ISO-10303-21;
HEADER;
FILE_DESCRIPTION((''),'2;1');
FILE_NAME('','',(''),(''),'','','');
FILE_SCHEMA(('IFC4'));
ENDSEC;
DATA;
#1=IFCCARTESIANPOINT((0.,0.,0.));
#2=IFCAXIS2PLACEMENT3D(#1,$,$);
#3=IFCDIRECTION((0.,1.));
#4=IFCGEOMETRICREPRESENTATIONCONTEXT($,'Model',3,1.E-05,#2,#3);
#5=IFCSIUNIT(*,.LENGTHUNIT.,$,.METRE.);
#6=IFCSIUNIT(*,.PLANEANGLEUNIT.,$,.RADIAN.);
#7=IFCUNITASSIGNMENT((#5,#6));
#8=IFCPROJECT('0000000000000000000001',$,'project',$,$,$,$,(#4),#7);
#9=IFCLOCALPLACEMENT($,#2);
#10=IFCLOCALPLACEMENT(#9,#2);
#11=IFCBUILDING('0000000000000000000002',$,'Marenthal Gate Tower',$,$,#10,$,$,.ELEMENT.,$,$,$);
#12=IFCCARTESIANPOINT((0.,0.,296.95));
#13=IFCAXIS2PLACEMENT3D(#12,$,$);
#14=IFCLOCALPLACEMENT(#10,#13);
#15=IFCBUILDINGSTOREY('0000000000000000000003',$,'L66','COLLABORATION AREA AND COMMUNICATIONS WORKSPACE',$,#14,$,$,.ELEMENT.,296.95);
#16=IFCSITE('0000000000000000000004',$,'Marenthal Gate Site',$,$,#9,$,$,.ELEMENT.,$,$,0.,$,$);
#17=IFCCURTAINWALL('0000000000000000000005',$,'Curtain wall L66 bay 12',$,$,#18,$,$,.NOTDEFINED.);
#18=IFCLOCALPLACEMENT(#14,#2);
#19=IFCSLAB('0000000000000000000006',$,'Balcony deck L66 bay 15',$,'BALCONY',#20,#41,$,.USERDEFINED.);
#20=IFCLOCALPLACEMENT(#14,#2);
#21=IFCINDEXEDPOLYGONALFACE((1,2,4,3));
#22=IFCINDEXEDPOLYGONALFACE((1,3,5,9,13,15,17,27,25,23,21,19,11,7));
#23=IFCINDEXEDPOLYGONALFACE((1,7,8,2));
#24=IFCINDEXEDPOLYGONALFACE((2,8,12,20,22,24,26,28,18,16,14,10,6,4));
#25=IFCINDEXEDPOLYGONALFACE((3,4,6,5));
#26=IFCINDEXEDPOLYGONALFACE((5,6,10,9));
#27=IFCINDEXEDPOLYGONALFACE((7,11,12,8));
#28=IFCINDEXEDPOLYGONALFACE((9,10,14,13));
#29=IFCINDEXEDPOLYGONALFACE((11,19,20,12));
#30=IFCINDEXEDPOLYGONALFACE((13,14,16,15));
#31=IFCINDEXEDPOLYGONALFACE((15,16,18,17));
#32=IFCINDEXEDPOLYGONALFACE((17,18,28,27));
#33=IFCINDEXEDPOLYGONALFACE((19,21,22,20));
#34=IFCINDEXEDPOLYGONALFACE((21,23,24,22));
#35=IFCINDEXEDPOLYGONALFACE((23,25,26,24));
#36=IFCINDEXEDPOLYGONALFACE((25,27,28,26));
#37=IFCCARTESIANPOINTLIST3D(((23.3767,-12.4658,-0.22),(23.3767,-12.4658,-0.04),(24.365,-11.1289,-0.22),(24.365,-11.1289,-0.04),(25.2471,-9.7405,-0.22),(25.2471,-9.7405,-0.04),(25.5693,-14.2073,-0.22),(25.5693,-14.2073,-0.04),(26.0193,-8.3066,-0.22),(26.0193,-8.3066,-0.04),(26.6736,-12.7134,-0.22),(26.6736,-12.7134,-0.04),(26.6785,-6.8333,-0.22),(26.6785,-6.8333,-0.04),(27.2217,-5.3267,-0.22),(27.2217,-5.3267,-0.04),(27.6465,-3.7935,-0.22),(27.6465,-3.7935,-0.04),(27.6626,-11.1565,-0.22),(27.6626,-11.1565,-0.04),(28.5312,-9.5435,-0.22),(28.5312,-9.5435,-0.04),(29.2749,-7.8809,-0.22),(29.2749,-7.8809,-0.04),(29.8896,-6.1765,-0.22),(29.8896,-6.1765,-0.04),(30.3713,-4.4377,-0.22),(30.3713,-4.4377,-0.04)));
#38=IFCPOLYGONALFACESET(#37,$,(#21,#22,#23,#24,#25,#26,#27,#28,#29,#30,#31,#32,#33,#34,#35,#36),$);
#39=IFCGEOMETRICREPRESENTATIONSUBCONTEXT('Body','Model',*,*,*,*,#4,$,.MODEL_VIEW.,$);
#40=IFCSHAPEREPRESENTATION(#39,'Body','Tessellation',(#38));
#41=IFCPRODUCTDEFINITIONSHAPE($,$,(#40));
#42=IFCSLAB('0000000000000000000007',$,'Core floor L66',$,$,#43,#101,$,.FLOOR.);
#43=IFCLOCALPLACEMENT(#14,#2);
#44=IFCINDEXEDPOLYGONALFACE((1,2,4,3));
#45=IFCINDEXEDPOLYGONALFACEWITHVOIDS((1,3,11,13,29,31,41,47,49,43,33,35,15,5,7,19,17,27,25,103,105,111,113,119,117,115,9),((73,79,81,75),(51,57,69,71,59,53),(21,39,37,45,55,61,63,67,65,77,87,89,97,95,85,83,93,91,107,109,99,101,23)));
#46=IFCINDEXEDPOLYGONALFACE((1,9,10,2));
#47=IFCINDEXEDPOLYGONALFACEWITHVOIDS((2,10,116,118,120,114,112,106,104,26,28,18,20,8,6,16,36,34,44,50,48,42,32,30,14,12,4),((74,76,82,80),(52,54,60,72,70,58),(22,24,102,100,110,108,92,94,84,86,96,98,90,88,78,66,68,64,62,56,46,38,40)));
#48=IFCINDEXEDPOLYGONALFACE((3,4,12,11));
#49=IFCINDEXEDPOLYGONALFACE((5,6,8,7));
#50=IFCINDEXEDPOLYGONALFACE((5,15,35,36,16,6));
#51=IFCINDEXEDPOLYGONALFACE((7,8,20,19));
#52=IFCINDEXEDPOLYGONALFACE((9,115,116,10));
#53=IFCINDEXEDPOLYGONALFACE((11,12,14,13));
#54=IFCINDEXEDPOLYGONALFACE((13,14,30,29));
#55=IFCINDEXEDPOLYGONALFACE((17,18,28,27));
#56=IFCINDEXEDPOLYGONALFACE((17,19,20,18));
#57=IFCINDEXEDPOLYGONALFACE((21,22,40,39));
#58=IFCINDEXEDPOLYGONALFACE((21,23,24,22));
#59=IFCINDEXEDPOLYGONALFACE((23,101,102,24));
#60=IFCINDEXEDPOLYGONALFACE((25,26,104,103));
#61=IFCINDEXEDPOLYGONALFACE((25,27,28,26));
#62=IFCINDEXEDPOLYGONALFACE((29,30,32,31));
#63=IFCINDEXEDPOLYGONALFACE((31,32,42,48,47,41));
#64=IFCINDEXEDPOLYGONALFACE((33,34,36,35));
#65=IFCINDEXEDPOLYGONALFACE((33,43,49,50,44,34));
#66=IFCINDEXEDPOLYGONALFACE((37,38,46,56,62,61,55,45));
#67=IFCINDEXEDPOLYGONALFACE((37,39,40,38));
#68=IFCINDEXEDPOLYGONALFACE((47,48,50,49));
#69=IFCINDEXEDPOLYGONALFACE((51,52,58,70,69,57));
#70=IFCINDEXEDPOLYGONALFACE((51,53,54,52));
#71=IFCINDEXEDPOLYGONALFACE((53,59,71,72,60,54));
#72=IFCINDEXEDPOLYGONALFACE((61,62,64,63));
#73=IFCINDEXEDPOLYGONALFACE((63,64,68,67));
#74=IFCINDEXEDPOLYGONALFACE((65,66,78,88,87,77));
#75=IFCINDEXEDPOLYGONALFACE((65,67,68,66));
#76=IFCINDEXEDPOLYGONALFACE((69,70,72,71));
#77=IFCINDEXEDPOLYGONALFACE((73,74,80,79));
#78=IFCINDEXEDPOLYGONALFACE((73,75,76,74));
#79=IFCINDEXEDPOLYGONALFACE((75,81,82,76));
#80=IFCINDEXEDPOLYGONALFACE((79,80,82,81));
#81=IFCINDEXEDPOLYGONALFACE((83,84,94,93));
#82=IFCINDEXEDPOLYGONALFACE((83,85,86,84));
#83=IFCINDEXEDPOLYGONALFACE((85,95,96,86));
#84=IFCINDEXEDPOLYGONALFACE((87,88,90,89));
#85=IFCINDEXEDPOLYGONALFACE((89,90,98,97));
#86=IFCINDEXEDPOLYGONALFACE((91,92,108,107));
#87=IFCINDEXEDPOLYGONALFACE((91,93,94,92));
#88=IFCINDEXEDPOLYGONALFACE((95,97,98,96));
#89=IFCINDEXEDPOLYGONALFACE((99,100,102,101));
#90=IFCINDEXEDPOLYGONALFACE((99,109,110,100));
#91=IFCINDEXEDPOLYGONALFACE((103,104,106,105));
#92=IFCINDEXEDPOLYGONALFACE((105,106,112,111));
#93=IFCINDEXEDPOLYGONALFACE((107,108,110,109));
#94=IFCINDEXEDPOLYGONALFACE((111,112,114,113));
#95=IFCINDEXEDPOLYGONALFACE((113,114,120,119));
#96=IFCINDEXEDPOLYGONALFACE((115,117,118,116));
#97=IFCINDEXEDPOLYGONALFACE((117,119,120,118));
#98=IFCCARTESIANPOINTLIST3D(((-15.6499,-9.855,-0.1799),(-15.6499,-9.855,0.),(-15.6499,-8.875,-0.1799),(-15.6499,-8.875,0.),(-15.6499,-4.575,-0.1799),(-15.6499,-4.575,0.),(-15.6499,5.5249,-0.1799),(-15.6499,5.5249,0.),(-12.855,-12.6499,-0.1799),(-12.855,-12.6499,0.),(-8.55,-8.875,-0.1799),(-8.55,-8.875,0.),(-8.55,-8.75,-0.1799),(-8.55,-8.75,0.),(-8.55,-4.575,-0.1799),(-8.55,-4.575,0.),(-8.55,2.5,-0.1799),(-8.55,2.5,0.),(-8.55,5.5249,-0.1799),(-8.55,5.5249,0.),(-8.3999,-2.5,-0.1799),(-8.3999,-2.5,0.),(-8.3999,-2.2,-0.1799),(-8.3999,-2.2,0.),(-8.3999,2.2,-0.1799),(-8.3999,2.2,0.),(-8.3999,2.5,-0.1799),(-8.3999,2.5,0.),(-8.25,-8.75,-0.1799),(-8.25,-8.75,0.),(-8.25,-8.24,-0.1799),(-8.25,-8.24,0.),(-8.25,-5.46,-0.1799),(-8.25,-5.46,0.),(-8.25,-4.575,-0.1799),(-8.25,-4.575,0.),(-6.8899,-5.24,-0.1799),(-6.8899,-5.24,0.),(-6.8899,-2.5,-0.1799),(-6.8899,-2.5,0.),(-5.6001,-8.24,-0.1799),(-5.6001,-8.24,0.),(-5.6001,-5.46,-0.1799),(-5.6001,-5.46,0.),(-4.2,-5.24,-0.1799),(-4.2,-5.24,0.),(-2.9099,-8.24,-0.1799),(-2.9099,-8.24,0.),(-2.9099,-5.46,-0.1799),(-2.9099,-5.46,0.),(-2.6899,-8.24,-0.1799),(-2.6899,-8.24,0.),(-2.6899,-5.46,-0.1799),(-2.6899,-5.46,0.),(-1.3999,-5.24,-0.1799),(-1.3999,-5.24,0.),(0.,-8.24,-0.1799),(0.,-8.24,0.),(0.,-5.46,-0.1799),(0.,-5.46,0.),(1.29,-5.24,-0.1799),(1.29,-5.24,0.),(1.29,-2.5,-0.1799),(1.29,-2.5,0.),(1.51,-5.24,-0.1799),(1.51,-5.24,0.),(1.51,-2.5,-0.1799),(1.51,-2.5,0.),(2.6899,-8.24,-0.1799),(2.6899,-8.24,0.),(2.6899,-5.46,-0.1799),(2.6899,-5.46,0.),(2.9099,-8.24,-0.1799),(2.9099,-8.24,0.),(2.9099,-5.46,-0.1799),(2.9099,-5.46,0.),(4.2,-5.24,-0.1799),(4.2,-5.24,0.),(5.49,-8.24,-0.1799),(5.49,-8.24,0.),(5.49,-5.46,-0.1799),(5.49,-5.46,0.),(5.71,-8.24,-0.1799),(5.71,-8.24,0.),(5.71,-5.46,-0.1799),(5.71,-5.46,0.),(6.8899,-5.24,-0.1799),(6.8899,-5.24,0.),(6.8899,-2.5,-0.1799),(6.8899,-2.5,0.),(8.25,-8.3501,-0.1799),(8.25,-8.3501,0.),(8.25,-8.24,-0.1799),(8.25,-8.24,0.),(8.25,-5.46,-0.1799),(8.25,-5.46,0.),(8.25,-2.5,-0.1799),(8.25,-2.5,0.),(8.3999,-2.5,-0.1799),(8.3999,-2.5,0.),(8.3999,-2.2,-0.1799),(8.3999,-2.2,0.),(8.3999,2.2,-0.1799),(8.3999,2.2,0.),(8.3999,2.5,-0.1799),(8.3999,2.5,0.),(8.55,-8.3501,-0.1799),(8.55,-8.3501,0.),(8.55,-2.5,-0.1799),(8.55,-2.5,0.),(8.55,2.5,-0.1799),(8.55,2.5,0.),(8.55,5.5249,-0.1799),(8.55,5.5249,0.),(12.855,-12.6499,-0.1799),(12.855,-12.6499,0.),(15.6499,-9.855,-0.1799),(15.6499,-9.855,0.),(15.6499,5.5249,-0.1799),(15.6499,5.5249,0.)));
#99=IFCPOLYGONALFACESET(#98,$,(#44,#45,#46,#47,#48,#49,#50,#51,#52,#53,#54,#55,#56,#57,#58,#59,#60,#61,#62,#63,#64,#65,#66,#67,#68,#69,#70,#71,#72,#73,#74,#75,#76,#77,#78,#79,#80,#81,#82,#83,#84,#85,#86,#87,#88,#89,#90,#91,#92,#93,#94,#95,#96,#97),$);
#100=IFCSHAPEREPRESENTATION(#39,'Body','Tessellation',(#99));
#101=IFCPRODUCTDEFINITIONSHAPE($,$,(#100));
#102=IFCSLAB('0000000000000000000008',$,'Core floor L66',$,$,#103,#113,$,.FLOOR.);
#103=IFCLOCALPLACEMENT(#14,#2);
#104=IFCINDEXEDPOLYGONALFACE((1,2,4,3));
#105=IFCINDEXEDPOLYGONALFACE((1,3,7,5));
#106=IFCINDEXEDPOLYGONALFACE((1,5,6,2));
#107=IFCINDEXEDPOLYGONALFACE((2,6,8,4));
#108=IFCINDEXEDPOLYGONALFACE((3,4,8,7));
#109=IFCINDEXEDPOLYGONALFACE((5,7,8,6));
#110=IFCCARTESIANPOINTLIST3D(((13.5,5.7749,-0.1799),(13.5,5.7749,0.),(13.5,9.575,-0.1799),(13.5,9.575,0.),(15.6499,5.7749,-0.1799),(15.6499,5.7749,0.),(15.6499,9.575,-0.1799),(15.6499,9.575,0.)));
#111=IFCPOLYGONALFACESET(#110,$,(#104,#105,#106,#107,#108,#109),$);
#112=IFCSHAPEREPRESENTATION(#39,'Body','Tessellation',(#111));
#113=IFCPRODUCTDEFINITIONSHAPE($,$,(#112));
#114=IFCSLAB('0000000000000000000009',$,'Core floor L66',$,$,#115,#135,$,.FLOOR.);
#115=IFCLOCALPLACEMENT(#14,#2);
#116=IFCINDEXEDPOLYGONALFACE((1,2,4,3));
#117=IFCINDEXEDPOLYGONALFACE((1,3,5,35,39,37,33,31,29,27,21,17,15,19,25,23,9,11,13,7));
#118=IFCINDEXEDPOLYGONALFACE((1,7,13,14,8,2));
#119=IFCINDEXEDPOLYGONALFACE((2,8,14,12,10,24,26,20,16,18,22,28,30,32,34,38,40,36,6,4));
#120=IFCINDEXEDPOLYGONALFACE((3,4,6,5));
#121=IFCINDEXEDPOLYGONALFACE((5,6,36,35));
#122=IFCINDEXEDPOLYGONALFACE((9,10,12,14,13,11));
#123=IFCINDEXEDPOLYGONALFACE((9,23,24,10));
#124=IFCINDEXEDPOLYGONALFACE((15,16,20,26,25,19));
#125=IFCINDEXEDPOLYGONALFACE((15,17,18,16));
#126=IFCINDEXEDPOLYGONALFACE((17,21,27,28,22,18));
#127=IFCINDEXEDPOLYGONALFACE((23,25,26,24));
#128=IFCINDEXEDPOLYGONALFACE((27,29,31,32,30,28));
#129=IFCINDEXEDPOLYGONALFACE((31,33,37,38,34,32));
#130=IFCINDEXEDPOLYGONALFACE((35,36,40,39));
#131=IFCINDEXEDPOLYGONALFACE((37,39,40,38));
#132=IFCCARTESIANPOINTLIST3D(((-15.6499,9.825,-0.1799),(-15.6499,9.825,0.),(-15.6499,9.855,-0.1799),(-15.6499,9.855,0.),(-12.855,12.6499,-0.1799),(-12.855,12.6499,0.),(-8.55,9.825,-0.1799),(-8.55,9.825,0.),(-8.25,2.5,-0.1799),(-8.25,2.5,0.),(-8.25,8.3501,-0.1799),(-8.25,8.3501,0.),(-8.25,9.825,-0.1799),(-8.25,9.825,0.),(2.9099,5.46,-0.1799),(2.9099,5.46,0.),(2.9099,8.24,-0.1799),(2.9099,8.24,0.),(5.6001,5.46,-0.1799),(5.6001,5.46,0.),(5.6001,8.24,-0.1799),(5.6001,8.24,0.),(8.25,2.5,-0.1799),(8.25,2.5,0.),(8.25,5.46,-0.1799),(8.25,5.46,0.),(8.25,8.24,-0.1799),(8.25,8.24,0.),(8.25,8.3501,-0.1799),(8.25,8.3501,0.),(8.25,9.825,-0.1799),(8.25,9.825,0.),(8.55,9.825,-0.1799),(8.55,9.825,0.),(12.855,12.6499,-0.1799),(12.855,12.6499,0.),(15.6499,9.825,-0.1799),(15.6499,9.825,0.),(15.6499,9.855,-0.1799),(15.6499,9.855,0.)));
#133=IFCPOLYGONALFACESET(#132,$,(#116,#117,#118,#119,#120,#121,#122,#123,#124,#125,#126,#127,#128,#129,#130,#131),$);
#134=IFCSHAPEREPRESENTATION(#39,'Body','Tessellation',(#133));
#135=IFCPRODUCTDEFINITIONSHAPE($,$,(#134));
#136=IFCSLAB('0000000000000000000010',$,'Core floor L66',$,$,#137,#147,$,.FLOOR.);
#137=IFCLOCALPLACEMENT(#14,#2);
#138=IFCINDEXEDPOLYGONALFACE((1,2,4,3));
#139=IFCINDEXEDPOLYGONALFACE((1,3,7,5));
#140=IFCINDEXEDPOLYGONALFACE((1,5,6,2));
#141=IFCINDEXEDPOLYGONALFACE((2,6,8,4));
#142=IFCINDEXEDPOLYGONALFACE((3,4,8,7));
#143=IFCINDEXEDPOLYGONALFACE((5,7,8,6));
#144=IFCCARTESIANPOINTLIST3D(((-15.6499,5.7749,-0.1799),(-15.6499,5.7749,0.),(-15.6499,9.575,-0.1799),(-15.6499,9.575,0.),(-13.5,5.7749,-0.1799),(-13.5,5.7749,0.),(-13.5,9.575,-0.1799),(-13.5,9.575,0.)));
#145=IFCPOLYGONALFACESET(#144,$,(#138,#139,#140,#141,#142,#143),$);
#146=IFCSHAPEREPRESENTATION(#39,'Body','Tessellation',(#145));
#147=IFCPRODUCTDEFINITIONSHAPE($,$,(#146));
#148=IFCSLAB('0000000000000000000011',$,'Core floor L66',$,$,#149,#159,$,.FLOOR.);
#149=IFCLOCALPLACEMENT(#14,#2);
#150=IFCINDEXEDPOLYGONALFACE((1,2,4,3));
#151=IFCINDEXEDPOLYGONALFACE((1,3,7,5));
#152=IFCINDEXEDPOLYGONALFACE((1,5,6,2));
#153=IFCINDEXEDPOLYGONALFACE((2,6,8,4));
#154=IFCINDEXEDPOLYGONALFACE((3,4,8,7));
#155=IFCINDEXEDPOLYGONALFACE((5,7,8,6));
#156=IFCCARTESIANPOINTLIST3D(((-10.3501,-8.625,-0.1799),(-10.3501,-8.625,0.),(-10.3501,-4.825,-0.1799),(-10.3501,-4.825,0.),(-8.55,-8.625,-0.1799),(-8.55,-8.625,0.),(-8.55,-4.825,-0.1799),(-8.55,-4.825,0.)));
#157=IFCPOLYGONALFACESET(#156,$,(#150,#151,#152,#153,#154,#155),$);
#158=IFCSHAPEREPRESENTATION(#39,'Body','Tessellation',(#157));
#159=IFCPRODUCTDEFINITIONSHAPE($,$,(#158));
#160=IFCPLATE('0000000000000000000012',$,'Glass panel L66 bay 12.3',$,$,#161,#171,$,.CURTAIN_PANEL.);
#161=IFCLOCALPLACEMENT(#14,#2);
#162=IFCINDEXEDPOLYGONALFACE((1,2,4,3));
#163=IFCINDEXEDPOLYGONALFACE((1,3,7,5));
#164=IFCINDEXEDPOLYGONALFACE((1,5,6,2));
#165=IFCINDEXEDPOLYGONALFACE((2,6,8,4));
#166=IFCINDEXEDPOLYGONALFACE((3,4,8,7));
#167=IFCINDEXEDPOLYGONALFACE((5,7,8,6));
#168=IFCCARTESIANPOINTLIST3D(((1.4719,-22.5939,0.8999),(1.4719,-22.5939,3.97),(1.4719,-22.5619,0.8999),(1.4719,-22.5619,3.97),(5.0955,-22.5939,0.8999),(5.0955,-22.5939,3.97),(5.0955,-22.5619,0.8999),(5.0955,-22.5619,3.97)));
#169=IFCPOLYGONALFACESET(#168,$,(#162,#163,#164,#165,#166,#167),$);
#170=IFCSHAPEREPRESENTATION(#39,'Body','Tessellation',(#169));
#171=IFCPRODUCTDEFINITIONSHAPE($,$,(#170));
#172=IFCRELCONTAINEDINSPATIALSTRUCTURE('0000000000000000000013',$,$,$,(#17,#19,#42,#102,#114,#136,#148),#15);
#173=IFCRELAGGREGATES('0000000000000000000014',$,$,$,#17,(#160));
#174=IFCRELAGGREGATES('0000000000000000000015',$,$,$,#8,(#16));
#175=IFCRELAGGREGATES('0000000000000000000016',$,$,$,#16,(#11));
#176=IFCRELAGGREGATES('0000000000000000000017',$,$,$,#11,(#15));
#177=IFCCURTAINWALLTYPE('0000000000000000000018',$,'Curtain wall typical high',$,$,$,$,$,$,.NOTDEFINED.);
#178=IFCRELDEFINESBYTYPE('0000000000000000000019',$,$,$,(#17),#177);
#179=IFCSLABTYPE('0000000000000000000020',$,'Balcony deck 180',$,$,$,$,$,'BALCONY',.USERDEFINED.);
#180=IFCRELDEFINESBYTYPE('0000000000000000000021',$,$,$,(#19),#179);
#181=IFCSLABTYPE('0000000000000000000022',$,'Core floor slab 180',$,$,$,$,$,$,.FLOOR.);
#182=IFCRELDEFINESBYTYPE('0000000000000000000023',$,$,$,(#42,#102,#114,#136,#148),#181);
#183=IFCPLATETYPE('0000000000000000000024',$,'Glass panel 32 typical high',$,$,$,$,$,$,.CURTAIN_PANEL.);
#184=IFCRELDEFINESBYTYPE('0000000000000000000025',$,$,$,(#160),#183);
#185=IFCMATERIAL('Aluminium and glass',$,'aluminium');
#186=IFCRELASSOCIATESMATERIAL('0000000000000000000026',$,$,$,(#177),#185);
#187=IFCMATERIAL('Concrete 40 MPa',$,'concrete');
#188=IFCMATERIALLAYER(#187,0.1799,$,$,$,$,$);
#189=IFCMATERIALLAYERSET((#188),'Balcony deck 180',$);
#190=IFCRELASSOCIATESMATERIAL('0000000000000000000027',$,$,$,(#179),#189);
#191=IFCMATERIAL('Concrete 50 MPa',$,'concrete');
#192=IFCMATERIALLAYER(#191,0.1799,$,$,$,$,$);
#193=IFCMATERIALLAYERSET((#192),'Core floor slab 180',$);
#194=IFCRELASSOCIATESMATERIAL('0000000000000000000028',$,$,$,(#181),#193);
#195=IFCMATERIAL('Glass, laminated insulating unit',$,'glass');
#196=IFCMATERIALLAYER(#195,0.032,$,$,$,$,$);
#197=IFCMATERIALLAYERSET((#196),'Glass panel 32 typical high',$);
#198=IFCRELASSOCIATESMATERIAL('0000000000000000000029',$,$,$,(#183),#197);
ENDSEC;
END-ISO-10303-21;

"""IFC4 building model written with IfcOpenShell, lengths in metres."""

from ifc_helpers import new_model, si_unit, direction, frame, origin, origin_2d, place, context, subcontext, project, spatial, polyline, rectangle, outline, extrude, material, layer, layer_set, type_object, element, aggregate, save


model = new_model("IFC4")

# Units and contexts
model_context = context("Model", 3, precision=1e-05, world=origin(), true_north=direction((0.0, 1.0)))
body_context = subcontext(model_context, "Body", "Model", "MODEL_VIEW")
ifc_project = project(units=[si_unit("LENGTHUNIT", "METRE"), si_unit("PLANEANGLEUNIT", "RADIAN")], contexts=[model_context])

# Site, building, storey
site_placement = place(None, origin())
site = spatial("IfcSite", under=ifc_project, at=site_placement, Name="Marenthal Gate Site", CompositionType="ELEMENT", RefElevation=0.0)
building_placement = place(site_placement, origin())
building = spatial("IfcBuilding", under=site, at=building_placement, Name="Marenthal Gate Tower", CompositionType="ELEMENT")
storey_placement = place(building_placement, frame((0.0, 0.0, 296.95)))
storey = spatial("IfcBuildingStorey", under=building, at=storey_placement, Name="L66", Description="COLLABORATION AREA AND COMMUNICATIONS WORKSPACE", CompositionType="ELEMENT", Elevation=296.95)

# Curtain wall
ifc_material_1 = material(Name="Aluminium and glass", Category="aluminium")
curtain_wall_type = type_object("IfcCurtainWallType", Name="Curtain wall typical high", PredefinedType="NOTDEFINED", material=ifc_material_1)
curtain_wall_placement = place(storey_placement, origin())
curtain_wall = element("IfcCurtainWall", 1, at=curtain_wall_placement, inside=storey, type_object=curtain_wall_type, Name="Curtain wall L66 bay 12", PredefinedType="NOTDEFINED")

# Slabs
ifc_material_2 = material(Name="Concrete 40 MPa", Category="concrete")
ifc_layer_1 = layer(ifc_material_2, 0.1799)
ifc_layer_set_1 = layer_set([ifc_layer_1], Name="Balcony deck 180")
slab_type_1 = type_object("IfcSlabType", Name="Balcony deck 180", ElementType="BALCONY", PredefinedType="USERDEFINED", material=ifc_layer_set_1)
slab_1_placement = place(storey_placement, frame((0.0, 0.0, -0.22)))
element("IfcSlab", 2, at=slab_1_placement, inside=storey, type_object=slab_type_1, Name="Balcony deck L66 bay 15", ObjectType="BALCONY", PredefinedType="USERDEFINED", context=body_context, shape_type="SweptSolid", body=[
    extrude(outline(polyline([(23.3767, -12.4658), (24.365, -11.1289), (25.2471, -9.7405), (26.0193, -8.3066), (26.6785, -6.8333), (27.2217, -5.3267), (27.6465, -3.7935), (30.3713, -4.4377), (29.8896, -6.1765), (29.2749, -7.8809), (28.5312, -9.5435), (27.6626, -11.1565), (26.6736, -12.7134), (25.5693, -14.2073), (23.3767, -12.4658)])), origin(), (0.0, 0.0, 1.0), 0.1799),
])
ifc_material_3 = material(Name="Concrete 50 MPa", Category="concrete")
ifc_layer_2 = layer(ifc_material_3, 0.1799)
ifc_layer_set_2 = layer_set([ifc_layer_2], Name="Core floor slab 180")
slab_type_2 = type_object("IfcSlabType", Name="Core floor slab 180", PredefinedType="FLOOR", material=ifc_layer_set_2)
slab_2_placement = place(storey_placement, frame((0.0, 0.0, -0.1799)))
element("IfcSlab", 3, at=slab_2_placement, inside=storey, type_object=slab_type_2, Name="Core floor L66", PredefinedType="FLOOR", context=body_context, shape_type="SweptSolid", body=[
    extrude(outline(polyline([(12.855, -12.6499), (-12.855, -12.6499), (-15.6499, -9.855), (-15.6499, -8.875), (-8.55, -8.875), (-8.55, -8.75), (-8.25, -8.75), (-8.25, -8.24), (-5.6001, -8.24), (-2.9099, -8.24), (-2.9099, -5.46), (-5.6001, -5.46), (-8.25, -5.46), (-8.25, -4.575), (-8.55, -4.575), (-15.6499, -4.575), (-15.6499, 5.5249), (-8.55, 5.5249), (-8.55, 2.5), (-8.3999, 2.5), (-8.3999, 2.2), (8.3999, 2.2), (8.3999, 2.5), (8.55, 2.5), (8.55, 5.5249), (15.6499, 5.5249), (15.6499, -9.855), (12.855, -12.6499)]), holes=[polyline([(0.0, -8.24), (2.6899, -8.24), (2.6899, -5.46), (0.0, -5.46), (-2.6899, -5.46), (-2.6899, -8.24), (0.0, -8.24)]), polyline([(1.29, -5.24), (1.29, -2.5), (1.51, -2.5), (1.51, -5.24), (4.2, -5.24), (6.8899, -5.24), (6.8899, -2.5), (8.25, -2.5), (8.25, -5.46), (5.71, -5.46), (5.71, -8.24), (8.25, -8.24), (8.25, -8.3501), (8.55, -8.3501), (8.55, -2.5), (8.3999, -2.5), (8.3999, -2.2), (-8.3999, -2.2), (-8.3999, -2.5), (-6.8899, -2.5), (-6.8899, -5.24), (-4.2, -5.24), (-1.3999, -5.24), (1.29, -5.24)]), polyline([(5.49, -5.46), (2.9099, -5.46), (2.9099, -8.24), (5.49, -8.24), (5.49, -5.46)])]), origin(), (0.0, 0.0, 1.0), 0.1799),
])
slab_3_placement = place(storey_placement, frame((0.0, 0.0, -0.1799)))
element("IfcSlab", 4, at=slab_3_placement, inside=storey, type_object=slab_type_2, Name="Core floor L66", PredefinedType="FLOOR", context=body_context, shape_type="SweptSolid", body=[
    extrude(outline(polyline([(15.6499, 5.7749), (13.5, 5.7749), (13.5, 9.575), (15.6499, 9.575), (15.6499, 5.7749)])), origin(), (0.0, 0.0, 1.0), 0.1799),
])
slab_4_placement = place(storey_placement, frame((0.0, 0.0, -0.1799)))
element("IfcSlab", 5, at=slab_4_placement, inside=storey, type_object=slab_type_2, Name="Core floor L66", PredefinedType="FLOOR", context=body_context, shape_type="SweptSolid", body=[
    extrude(outline(polyline([(15.6499, 9.825), (8.55, 9.825), (8.25, 9.825), (8.25, 8.3501), (8.25, 8.24), (5.6001, 8.24), (2.9099, 8.24), (2.9099, 5.46), (5.6001, 5.46), (8.25, 5.46), (8.25, 2.5), (-8.25, 2.5), (-8.25, 8.3501), (-8.25, 9.825), (-8.55, 9.825), (-15.6499, 9.825), (-15.6499, 9.855), (-12.855, 12.6499), (12.855, 12.6499), (15.6499, 9.855), (15.6499, 9.825)])), origin(), (0.0, 0.0, 1.0), 0.1799),
])
slab_5_placement = place(storey_placement, frame((0.0, 0.0, -0.1799)))
element("IfcSlab", 6, at=slab_5_placement, inside=storey, type_object=slab_type_2, Name="Core floor L66", PredefinedType="FLOOR", context=body_context, shape_type="SweptSolid", body=[
    extrude(outline(polyline([(-15.6499, 9.575), (-13.5, 9.575), (-13.5, 5.7749), (-15.6499, 5.7749), (-15.6499, 9.575)])), origin(), (0.0, 0.0, 1.0), 0.1799),
])
slab_6_placement = place(storey_placement, frame((0.0, 0.0, -0.1799)))
element("IfcSlab", 7, at=slab_6_placement, inside=storey, type_object=slab_type_2, Name="Core floor L66", PredefinedType="FLOOR", context=body_context, shape_type="SweptSolid", body=[
    extrude(outline(polyline([(-8.55, -4.825), (-8.55, -8.625), (-10.3501, -8.625), (-10.3501, -4.825), (-8.55, -4.825)])), origin(), (0.0, 0.0, 1.0), 0.1799),
])

# Plate
ifc_material_4 = material(Name="Glass, laminated insulating unit", Category="glass")
ifc_layer_3 = layer(ifc_material_4, 0.032)
ifc_layer_set_3 = layer_set([ifc_layer_3], Name="Glass panel 32 typical high")
plate_type = type_object("IfcPlateType", Name="Glass panel 32 typical high", PredefinedType="CURTAIN_PANEL", material=ifc_layer_set_3)
plate_placement = place(storey_placement, frame((3.2837, -22.5779, 0.8999), z_axis=(0.0, 0.0, 1.0), x_axis=(1.0, 0.0, 0.0)))
plate = element("IfcPlate", 8, at=plate_placement, type_object=plate_type, Name="Glass panel L66 bay 12.3", PredefinedType="CURTAIN_PANEL", context=body_context, shape_type="SweptSolid", body=[
    extrude(rectangle(XDim=3.6235, YDim=0.032, at=origin_2d()), origin(), (0.0, 0.0, 1.0), 3.0701),
])
aggregate(curtain_wall, [plate])

save(model, "model.ifc")
